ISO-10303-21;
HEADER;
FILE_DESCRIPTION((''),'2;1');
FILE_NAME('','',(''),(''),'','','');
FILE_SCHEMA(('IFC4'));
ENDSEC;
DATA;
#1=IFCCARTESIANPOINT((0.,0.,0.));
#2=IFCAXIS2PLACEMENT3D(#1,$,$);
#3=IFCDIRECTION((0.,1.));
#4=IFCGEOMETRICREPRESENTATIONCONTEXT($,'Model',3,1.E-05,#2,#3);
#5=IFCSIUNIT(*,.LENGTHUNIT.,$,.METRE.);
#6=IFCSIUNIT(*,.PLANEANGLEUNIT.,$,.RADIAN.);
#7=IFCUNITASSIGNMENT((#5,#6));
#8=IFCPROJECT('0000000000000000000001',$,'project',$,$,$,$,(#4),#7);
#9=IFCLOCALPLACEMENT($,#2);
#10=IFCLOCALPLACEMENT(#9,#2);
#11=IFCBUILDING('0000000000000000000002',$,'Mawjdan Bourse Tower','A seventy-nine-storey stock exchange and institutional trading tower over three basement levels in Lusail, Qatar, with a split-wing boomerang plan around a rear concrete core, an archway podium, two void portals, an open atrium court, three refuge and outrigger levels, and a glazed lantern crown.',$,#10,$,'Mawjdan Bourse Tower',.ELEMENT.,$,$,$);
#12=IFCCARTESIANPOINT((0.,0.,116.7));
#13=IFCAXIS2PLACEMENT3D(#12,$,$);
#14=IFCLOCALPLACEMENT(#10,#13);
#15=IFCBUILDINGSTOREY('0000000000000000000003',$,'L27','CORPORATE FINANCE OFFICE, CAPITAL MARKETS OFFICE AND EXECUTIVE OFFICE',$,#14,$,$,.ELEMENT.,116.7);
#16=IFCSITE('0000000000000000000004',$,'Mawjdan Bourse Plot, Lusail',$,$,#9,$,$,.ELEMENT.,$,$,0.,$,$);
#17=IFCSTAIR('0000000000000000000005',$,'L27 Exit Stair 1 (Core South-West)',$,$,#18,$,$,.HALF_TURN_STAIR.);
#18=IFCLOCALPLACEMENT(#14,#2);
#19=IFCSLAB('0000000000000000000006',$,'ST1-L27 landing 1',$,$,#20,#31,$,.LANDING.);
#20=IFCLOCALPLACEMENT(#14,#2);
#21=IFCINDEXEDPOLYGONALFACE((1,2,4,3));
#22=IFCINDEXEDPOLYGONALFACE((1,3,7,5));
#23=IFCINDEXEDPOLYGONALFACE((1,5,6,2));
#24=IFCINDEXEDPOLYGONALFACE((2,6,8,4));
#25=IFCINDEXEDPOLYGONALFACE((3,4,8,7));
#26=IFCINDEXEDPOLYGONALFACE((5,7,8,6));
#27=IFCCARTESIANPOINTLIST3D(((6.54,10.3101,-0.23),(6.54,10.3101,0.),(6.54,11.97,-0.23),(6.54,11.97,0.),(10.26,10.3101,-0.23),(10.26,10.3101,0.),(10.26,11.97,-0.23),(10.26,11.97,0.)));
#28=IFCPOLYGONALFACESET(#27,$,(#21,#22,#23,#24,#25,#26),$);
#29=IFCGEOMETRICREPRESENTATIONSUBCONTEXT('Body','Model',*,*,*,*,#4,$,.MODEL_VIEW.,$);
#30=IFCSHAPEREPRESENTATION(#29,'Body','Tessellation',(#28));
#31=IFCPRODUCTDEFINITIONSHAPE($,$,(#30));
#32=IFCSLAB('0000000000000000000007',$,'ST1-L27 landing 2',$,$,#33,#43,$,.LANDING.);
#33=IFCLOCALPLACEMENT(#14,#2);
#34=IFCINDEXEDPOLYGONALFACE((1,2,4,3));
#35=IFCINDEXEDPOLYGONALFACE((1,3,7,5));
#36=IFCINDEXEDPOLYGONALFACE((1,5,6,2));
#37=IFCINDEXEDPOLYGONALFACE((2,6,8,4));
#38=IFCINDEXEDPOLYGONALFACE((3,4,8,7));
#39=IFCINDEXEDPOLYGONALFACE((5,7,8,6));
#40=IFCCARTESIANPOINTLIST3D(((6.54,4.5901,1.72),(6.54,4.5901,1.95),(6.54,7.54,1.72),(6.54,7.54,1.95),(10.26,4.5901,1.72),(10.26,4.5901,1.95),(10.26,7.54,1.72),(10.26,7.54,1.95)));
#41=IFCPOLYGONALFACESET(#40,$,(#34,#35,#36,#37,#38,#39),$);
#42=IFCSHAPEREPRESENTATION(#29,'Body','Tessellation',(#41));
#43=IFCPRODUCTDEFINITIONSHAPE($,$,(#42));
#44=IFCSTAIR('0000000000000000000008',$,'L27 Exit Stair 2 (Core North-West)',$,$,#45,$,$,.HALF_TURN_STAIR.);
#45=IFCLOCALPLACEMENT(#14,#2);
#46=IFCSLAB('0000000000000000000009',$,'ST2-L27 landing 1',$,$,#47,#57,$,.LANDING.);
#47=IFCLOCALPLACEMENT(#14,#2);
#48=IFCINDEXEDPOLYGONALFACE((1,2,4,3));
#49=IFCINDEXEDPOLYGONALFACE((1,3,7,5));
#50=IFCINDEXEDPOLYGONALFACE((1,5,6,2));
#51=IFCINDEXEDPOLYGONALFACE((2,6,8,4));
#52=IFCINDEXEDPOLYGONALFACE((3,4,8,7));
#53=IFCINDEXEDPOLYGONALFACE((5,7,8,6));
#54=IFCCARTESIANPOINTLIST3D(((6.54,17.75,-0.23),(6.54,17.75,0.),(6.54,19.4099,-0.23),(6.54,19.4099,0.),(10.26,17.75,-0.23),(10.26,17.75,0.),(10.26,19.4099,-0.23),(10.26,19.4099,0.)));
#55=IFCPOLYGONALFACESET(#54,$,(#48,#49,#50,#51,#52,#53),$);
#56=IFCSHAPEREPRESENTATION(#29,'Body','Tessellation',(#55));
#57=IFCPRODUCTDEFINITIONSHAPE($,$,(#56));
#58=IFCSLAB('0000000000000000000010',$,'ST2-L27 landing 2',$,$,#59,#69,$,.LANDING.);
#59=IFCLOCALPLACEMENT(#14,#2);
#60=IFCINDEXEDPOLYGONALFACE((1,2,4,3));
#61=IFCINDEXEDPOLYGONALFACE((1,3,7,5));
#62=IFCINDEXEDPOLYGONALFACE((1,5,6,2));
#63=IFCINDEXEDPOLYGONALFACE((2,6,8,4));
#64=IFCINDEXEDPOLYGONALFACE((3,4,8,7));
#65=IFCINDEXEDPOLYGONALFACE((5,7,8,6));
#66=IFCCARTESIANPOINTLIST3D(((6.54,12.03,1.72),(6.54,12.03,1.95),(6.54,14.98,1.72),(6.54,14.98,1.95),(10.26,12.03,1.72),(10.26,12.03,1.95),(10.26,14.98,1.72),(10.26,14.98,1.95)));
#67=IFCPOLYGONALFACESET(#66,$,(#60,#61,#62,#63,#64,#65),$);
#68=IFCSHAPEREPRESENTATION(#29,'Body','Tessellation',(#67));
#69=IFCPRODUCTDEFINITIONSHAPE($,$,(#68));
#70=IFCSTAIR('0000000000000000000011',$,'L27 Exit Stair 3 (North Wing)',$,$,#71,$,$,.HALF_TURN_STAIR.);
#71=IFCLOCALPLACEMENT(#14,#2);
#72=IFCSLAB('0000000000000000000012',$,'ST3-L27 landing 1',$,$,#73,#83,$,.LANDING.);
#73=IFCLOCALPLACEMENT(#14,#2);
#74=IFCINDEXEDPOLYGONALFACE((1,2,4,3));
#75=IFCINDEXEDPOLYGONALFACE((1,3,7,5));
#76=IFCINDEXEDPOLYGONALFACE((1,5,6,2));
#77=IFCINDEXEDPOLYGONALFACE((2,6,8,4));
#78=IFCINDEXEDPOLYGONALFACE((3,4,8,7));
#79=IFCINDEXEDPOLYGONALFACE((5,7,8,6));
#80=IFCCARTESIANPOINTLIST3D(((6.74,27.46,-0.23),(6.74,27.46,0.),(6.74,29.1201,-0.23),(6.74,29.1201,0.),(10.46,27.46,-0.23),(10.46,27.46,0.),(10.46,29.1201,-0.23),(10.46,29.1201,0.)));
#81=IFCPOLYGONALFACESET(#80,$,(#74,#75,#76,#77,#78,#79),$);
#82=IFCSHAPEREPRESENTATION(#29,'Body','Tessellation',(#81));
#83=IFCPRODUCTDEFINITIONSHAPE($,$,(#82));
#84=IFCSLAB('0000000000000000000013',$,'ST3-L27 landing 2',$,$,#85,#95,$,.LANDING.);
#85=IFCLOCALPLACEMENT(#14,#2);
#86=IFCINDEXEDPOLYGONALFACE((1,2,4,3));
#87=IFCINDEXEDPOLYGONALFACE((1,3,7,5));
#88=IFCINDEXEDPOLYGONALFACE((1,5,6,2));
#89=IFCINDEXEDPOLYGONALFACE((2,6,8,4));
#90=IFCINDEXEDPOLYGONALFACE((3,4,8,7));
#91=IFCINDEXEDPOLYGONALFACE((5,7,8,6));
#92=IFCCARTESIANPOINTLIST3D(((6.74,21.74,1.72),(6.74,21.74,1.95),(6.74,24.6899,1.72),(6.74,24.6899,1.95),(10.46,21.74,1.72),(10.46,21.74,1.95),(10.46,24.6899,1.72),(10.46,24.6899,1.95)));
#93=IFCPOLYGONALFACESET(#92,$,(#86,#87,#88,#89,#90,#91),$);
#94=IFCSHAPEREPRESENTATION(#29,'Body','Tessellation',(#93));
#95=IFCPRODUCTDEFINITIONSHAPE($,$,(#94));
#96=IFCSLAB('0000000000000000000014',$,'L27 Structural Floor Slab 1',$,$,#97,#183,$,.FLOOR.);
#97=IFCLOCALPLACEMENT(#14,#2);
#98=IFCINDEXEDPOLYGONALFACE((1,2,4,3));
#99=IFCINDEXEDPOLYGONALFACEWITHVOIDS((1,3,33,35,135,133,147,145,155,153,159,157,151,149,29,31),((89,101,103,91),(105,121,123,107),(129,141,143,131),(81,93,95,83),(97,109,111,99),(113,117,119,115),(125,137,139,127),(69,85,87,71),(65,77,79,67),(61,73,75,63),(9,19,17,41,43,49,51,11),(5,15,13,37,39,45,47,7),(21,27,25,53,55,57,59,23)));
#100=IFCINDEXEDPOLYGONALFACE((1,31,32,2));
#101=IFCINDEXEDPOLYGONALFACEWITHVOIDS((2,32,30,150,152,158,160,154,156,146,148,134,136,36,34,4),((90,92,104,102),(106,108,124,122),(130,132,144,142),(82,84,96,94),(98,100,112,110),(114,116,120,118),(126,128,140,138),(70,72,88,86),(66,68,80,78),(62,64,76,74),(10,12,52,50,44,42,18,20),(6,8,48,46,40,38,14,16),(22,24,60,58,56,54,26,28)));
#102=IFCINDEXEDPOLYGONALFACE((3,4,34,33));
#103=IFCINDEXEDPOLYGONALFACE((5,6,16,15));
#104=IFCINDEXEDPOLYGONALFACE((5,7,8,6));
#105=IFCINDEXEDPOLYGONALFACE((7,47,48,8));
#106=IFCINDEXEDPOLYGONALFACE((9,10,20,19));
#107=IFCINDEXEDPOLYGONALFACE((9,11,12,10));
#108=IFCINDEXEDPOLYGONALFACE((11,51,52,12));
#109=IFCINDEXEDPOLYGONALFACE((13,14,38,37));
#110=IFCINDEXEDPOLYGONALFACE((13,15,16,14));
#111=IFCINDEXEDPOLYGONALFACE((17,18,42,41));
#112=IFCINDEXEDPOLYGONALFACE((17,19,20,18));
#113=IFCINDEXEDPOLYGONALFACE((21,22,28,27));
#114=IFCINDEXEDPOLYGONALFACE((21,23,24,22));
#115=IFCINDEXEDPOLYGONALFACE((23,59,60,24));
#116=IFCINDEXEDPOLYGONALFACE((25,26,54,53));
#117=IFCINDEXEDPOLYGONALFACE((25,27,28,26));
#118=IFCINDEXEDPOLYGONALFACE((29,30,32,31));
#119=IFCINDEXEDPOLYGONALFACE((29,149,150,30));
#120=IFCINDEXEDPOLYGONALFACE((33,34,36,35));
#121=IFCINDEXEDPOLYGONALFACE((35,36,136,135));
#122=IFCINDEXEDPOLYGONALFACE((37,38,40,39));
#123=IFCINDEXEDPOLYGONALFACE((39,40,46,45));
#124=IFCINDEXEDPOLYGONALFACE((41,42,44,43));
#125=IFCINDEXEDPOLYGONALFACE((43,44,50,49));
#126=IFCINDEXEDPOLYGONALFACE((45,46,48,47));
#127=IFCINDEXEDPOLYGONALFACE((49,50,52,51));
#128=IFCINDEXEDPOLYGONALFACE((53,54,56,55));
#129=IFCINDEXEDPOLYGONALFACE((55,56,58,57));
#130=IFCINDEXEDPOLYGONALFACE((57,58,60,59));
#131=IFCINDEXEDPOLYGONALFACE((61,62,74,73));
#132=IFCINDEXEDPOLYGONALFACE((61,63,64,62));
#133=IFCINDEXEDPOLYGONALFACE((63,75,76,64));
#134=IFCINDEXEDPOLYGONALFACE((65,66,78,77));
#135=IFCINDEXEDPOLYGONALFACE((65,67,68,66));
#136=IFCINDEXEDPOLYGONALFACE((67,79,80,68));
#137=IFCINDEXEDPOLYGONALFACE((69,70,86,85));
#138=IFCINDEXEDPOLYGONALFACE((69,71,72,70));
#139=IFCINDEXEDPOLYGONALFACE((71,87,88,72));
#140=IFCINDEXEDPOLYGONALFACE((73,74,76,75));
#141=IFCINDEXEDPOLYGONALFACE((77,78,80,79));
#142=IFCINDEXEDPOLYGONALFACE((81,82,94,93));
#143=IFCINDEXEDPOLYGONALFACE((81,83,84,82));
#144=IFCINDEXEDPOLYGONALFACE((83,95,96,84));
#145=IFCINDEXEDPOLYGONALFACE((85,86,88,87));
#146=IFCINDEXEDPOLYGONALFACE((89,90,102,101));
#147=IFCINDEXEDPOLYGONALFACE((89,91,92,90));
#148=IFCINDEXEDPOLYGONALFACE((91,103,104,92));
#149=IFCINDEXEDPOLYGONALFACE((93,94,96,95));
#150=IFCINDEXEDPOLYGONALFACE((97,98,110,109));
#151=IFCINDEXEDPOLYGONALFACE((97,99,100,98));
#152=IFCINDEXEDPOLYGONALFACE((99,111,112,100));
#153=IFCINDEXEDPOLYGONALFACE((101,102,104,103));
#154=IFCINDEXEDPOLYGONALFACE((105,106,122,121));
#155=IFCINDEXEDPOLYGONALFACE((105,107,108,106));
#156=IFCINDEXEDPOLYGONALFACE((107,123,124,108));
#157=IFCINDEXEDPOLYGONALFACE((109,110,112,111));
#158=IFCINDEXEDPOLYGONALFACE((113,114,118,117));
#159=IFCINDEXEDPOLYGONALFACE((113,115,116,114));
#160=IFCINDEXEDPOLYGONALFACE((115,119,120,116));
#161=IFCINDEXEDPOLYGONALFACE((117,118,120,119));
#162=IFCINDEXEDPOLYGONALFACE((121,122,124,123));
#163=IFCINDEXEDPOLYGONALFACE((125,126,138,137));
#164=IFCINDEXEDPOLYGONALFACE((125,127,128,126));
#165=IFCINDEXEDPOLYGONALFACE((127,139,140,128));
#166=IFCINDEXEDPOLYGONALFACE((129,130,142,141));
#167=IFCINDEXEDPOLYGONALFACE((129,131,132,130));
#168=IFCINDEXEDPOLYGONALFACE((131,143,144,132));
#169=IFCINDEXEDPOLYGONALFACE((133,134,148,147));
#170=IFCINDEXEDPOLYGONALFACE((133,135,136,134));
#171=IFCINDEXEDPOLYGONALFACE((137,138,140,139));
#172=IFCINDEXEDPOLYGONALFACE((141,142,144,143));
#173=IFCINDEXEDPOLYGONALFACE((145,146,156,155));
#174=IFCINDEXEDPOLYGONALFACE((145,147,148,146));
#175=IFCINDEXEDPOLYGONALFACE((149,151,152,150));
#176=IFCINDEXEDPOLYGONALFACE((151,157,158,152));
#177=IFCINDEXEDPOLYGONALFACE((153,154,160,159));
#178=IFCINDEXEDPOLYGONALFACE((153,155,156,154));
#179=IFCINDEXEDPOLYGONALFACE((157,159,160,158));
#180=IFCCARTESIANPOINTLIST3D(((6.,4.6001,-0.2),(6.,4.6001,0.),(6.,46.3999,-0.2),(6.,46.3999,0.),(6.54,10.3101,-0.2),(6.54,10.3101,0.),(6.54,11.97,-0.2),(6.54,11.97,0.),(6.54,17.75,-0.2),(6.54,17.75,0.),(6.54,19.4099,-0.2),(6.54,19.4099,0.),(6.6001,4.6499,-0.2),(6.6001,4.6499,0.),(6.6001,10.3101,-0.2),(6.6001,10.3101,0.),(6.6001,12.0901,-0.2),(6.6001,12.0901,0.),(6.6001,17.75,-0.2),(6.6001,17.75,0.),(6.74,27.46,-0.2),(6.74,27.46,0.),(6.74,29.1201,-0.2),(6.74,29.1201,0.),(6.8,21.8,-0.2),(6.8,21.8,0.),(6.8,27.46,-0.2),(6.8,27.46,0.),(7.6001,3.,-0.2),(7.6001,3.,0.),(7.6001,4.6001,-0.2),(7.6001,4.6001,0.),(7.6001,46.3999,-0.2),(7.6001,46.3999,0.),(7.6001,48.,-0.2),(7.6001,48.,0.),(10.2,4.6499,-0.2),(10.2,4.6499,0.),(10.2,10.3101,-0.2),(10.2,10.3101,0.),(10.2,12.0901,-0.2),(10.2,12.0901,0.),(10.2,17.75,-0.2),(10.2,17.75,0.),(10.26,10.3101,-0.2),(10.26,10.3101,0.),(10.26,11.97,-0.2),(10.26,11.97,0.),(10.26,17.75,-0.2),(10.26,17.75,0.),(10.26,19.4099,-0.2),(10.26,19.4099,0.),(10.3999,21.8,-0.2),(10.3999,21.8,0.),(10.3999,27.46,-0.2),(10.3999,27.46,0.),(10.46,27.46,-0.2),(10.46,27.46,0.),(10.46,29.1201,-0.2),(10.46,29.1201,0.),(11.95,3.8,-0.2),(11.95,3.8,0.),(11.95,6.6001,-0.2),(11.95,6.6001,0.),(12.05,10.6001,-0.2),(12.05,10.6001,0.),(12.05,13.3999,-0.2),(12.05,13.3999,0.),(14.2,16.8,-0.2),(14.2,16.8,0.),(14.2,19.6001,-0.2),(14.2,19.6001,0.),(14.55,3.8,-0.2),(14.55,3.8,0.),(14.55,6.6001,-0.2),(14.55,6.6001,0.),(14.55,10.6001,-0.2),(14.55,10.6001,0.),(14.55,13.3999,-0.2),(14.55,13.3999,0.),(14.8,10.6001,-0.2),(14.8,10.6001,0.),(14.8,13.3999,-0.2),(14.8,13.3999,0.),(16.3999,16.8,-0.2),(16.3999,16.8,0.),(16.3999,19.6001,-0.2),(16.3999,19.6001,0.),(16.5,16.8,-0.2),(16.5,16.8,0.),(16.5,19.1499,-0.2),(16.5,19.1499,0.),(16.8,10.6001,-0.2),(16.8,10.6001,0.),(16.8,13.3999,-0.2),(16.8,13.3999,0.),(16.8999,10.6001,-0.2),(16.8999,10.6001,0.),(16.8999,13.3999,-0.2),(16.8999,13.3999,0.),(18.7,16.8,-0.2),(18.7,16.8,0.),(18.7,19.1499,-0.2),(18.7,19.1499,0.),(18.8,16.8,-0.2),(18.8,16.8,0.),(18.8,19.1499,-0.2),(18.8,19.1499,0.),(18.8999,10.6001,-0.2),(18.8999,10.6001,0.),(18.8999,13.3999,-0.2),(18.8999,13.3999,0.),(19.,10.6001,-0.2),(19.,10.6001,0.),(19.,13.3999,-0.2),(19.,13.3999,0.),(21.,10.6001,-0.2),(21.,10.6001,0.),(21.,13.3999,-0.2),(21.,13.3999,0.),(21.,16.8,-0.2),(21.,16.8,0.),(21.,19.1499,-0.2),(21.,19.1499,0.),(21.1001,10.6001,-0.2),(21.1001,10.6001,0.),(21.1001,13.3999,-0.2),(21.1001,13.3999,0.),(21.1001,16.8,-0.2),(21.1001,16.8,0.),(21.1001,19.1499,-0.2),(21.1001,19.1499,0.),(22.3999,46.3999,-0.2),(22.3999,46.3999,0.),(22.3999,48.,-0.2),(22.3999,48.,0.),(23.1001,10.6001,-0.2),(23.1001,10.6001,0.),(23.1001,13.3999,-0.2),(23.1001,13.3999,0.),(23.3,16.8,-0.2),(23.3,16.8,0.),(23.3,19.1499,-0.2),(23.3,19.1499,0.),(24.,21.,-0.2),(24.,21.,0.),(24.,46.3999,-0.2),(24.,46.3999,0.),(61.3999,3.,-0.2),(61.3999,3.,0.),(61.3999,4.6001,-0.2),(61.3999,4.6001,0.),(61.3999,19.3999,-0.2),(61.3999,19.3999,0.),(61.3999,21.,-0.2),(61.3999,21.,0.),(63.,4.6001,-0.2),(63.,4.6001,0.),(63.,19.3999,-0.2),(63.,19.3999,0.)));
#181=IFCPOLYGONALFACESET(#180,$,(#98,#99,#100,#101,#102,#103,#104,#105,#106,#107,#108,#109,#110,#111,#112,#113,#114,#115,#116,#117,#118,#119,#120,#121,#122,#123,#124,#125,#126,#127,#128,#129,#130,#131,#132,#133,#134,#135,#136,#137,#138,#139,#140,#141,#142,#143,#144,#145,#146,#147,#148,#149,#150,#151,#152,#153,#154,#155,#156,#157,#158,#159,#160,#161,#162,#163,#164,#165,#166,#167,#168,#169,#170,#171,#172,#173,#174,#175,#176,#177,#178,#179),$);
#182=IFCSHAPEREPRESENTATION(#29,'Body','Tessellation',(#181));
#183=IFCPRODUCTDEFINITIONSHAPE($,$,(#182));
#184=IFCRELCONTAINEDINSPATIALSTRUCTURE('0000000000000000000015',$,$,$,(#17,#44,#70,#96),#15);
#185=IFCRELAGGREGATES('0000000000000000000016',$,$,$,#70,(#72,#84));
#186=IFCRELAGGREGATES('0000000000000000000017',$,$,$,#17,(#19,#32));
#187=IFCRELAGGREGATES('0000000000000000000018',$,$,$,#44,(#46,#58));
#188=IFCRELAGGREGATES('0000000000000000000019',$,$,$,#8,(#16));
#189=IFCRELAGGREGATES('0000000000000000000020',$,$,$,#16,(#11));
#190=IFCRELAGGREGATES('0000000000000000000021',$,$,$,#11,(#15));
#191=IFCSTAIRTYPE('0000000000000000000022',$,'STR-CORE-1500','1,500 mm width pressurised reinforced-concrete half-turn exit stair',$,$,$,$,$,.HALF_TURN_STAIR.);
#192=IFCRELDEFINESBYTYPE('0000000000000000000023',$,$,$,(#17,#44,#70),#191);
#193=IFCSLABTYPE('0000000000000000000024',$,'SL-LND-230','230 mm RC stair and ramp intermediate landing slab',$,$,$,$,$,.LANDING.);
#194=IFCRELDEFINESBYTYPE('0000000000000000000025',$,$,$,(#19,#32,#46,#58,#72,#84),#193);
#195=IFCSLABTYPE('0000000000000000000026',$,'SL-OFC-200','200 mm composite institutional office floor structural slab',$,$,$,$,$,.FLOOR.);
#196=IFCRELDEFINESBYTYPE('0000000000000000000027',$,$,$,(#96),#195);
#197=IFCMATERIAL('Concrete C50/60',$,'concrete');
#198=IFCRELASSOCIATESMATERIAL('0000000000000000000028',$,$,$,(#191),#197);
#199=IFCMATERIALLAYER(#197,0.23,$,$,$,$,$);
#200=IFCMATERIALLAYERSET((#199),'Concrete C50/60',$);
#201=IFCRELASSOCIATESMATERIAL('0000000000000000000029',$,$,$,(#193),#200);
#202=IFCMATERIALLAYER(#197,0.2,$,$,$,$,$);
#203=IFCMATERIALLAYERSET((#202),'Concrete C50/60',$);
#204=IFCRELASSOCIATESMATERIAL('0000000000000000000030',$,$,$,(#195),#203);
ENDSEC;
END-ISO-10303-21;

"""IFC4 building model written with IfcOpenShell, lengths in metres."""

from ifc_helpers import new_model, si_unit, direction, frame, origin, place, context, subcontext, project, spatial, polyline, outline, extrude, material, layer, layer_set, type_object, element, aggregate, save


model = new_model("IFC4")

# Units and contexts
model_context = context("Model", 3, precision=1e-05, world=origin(), true_north=direction((0.0, 1.0)))
body_context = subcontext(model_context, "Body", "Model", "MODEL_VIEW")
ifc_project = project(units=[si_unit("LENGTHUNIT", "METRE"), si_unit("PLANEANGLEUNIT", "RADIAN")], contexts=[model_context])

# Site, building, storey
site_placement = place(None, origin())
site = spatial("IfcSite", under=ifc_project, at=site_placement, Name="Mawjdan Bourse Plot, Lusail", CompositionType="ELEMENT", RefElevation=0.0)
building_placement = place(site_placement, origin())
building = spatial("IfcBuilding", under=site, at=building_placement, Name="Mawjdan Bourse Tower", Description="A seventy-nine-storey stock exchange and institutional trading tower over three basement levels in Lusail, Qatar, with a split-wing boomerang plan around a rear concrete core, an archway podium, two void portals, an open atrium court, three refuge and outrigger levels, and a glazed lantern crown.", LongName="Mawjdan Bourse Tower", CompositionType="ELEMENT")
storey_placement = place(building_placement, frame((0.0, 0.0, 116.7)))
storey = spatial("IfcBuildingStorey", under=building, at=storey_placement, Name="L27", Description="CORPORATE FINANCE OFFICE, CAPITAL MARKETS OFFICE AND EXECUTIVE OFFICE", CompositionType="ELEMENT", Elevation=116.7)

# Stairs, slabs
ifc_material_1 = material(Name="Concrete C50/60", Category="concrete")
stair_type = type_object("IfcStairType", Name="STR-CORE-1500", Description="1,500 mm width pressurised reinforced-concrete half-turn exit stair", PredefinedType="HALF_TURN_STAIR", material=ifc_material_1)
stair_1_placement = place(storey_placement, origin())
stair_1 = element("IfcStair", 1, at=stair_1_placement, inside=storey, type_object=stair_type, Name="L27 Exit Stair 1 (Core South-West)", PredefinedType="HALF_TURN_STAIR")
ifc_layer_1 = layer(ifc_material_1, 0.23)
ifc_layer_set_1 = layer_set([ifc_layer_1], Name="Concrete C50/60")
slab_type_1 = type_object("IfcSlabType", Name="SL-LND-230", Description="230 mm RC stair and ramp intermediate landing slab", PredefinedType="LANDING", material=ifc_layer_set_1)
slab_1_placement = place(storey_placement, frame((0.0, 0.0, -0.23)))
slab_1 = element("IfcSlab", 2, at=slab_1_placement, type_object=slab_type_1, Name="ST1-L27 landing 1", PredefinedType="LANDING", context=body_context, shape_type="SweptSolid", body=[
    extrude(outline(polyline([(6.54, 10.3101), (10.26, 10.3101), (10.26, 11.97), (6.54, 11.97), (6.54, 10.3101)])), origin(), (0.0, 0.0, 1.0), 0.23),
])
slab_2_placement = place(storey_placement, frame((0.0, 0.0, 1.72)))
slab_2 = element("IfcSlab", 3, at=slab_2_placement, type_object=slab_type_1, Name="ST1-L27 landing 2", PredefinedType="LANDING", context=body_context, shape_type="SweptSolid", body=[
    extrude(outline(polyline([(6.54, 4.5901), (10.26, 4.5901), (10.26, 7.54), (6.54, 7.54), (6.54, 4.5901)])), origin(), (0.0, 0.0, 1.0), 0.23),
])
stair_2_placement = place(storey_placement, origin())
stair_2 = element("IfcStair", 4, at=stair_2_placement, inside=storey, type_object=stair_type, Name="L27 Exit Stair 2 (Core North-West)", PredefinedType="HALF_TURN_STAIR")
slab_3_placement = place(storey_placement, frame((0.0, 0.0, -0.23)))
slab_3 = element("IfcSlab", 5, at=slab_3_placement, type_object=slab_type_1, Name="ST2-L27 landing 1", PredefinedType="LANDING", context=body_context, shape_type="SweptSolid", body=[
    extrude(outline(polyline([(6.54, 17.75), (10.26, 17.75), (10.26, 19.4099), (6.54, 19.4099), (6.54, 17.75)])), origin(), (0.0, 0.0, 1.0), 0.23),
])
slab_4_placement = place(storey_placement, frame((0.0, 0.0, 1.72)))
slab_4 = element("IfcSlab", 6, at=slab_4_placement, type_object=slab_type_1, Name="ST2-L27 landing 2", PredefinedType="LANDING", context=body_context, shape_type="SweptSolid", body=[
    extrude(outline(polyline([(6.54, 12.03), (10.26, 12.03), (10.26, 14.98), (6.54, 14.98), (6.54, 12.03)])), origin(), (0.0, 0.0, 1.0), 0.23),
])
stair_3_placement = place(storey_placement, origin())
stair_3 = element("IfcStair", 7, at=stair_3_placement, inside=storey, type_object=stair_type, Name="L27 Exit Stair 3 (North Wing)", PredefinedType="HALF_TURN_STAIR")
slab_5_placement = place(storey_placement, frame((0.0, 0.0, -0.23)))
slab_5 = element("IfcSlab", 8, at=slab_5_placement, type_object=slab_type_1, Name="ST3-L27 landing 1", PredefinedType="LANDING", context=body_context, shape_type="SweptSolid", body=[
    extrude(outline(polyline([(6.74, 27.46), (10.46, 27.46), (10.46, 29.1201), (6.74, 29.1201), (6.74, 27.46)])), origin(), (0.0, 0.0, 1.0), 0.23),
])
slab_6_placement = place(storey_placement, frame((0.0, 0.0, 1.72)))
slab_6 = element("IfcSlab", 9, at=slab_6_placement, type_object=slab_type_1, Name="ST3-L27 landing 2", PredefinedType="LANDING", context=body_context, shape_type="SweptSolid", body=[
    extrude(outline(polyline([(6.74, 21.74), (10.46, 21.74), (10.46, 24.6899), (6.74, 24.6899), (6.74, 21.74)])), origin(), (0.0, 0.0, 1.0), 0.23),
])
aggregate(stair_3, [slab_5, slab_6])

# Slab
ifc_layer_2 = layer(ifc_material_1, 0.2)
ifc_layer_set_2 = layer_set([ifc_layer_2], Name="Concrete C50/60")
slab_type_2 = type_object("IfcSlabType", Name="SL-OFC-200", Description="200 mm composite institutional office floor structural slab", PredefinedType="FLOOR", material=ifc_layer_set_2)
slab_7_placement = place(storey_placement, frame((0.0, 0.0, -0.2)))
element("IfcSlab", 10, at=slab_7_placement, inside=storey, type_object=slab_type_2, Name="L27 Structural Floor Slab 1", PredefinedType="FLOOR", context=body_context, shape_type="SweptSolid", body=[
    extrude(outline(polyline([(7.6001, 3.0), (61.3999, 3.0), (61.3999, 4.6001), (63.0, 4.6001), (63.0, 19.3999), (61.3999, 19.3999), (61.3999, 21.0), (24.0, 21.0), (24.0, 46.3999), (22.3999, 46.3999), (22.3999, 48.0), (7.6001, 48.0), (7.6001, 46.3999), (6.0, 46.3999), (6.0, 4.6001), (7.6001, 4.6001), (7.6001, 3.0)]), holes=[polyline([(11.95, 3.8), (11.95, 6.6001), (14.55, 6.6001), (14.55, 3.8), (11.95, 3.8)]), polyline([(6.6001, 10.3101), (6.54, 10.3101), (6.54, 11.97), (10.26, 11.97), (10.26, 10.3101), (10.2, 10.3101), (10.2, 4.6499), (6.6001, 4.6499), (6.6001, 10.3101)]), polyline([(12.05, 10.6001), (12.05, 13.3999), (14.55, 13.3999), (14.55, 10.6001), (12.05, 10.6001)]), polyline([(10.26, 19.4099), (10.26, 17.75), (10.2, 17.75), (10.2, 12.0901), (6.6001, 12.0901), (6.6001, 17.75), (6.54, 17.75), (6.54, 19.4099), (10.26, 19.4099)]), polyline([(10.46, 29.1201), (10.46, 27.46), (10.3999, 27.46), (10.3999, 21.8), (6.8, 21.8), (6.8, 27.46), (6.74, 27.46), (6.74, 29.1201), (10.46, 29.1201)]), polyline([(14.8, 10.6001), (14.8, 13.3999), (16.8, 13.3999), (16.8, 10.6001), (14.8, 10.6001)]), polyline([(16.8999, 10.6001), (16.8999, 13.3999), (18.8999, 13.3999), (18.8999, 10.6001), (16.8999, 10.6001)]), polyline([(19.0, 10.6001), (19.0, 13.3999), (21.0, 13.3999), (21.0, 10.6001), (19.0, 10.6001)]), polyline([(21.1001, 10.6001), (21.1001, 13.3999), (23.1001, 13.3999), (23.1001, 10.6001), (21.1001, 10.6001)]), polyline([(16.5, 16.8), (16.5, 19.1499), (18.7, 19.1499), (18.7, 16.8), (16.5, 16.8)]), polyline([(18.8, 16.8), (18.8, 19.1499), (21.0, 19.1499), (21.0, 16.8), (18.8, 16.8)]), polyline([(21.1001, 16.8), (21.1001, 19.1499), (23.3, 19.1499), (23.3, 16.8), (21.1001, 16.8)]), polyline([(14.2, 16.8), (14.2, 19.6001), (16.3999, 19.6001), (16.3999, 16.8), (14.2, 16.8)])]), origin(), (0.0, 0.0, 1.0), 0.2),
])

aggregate(stair_1, [slab_1, slab_2])
aggregate(stair_2, [slab_3, slab_4])

save(model, "model.ifc")
